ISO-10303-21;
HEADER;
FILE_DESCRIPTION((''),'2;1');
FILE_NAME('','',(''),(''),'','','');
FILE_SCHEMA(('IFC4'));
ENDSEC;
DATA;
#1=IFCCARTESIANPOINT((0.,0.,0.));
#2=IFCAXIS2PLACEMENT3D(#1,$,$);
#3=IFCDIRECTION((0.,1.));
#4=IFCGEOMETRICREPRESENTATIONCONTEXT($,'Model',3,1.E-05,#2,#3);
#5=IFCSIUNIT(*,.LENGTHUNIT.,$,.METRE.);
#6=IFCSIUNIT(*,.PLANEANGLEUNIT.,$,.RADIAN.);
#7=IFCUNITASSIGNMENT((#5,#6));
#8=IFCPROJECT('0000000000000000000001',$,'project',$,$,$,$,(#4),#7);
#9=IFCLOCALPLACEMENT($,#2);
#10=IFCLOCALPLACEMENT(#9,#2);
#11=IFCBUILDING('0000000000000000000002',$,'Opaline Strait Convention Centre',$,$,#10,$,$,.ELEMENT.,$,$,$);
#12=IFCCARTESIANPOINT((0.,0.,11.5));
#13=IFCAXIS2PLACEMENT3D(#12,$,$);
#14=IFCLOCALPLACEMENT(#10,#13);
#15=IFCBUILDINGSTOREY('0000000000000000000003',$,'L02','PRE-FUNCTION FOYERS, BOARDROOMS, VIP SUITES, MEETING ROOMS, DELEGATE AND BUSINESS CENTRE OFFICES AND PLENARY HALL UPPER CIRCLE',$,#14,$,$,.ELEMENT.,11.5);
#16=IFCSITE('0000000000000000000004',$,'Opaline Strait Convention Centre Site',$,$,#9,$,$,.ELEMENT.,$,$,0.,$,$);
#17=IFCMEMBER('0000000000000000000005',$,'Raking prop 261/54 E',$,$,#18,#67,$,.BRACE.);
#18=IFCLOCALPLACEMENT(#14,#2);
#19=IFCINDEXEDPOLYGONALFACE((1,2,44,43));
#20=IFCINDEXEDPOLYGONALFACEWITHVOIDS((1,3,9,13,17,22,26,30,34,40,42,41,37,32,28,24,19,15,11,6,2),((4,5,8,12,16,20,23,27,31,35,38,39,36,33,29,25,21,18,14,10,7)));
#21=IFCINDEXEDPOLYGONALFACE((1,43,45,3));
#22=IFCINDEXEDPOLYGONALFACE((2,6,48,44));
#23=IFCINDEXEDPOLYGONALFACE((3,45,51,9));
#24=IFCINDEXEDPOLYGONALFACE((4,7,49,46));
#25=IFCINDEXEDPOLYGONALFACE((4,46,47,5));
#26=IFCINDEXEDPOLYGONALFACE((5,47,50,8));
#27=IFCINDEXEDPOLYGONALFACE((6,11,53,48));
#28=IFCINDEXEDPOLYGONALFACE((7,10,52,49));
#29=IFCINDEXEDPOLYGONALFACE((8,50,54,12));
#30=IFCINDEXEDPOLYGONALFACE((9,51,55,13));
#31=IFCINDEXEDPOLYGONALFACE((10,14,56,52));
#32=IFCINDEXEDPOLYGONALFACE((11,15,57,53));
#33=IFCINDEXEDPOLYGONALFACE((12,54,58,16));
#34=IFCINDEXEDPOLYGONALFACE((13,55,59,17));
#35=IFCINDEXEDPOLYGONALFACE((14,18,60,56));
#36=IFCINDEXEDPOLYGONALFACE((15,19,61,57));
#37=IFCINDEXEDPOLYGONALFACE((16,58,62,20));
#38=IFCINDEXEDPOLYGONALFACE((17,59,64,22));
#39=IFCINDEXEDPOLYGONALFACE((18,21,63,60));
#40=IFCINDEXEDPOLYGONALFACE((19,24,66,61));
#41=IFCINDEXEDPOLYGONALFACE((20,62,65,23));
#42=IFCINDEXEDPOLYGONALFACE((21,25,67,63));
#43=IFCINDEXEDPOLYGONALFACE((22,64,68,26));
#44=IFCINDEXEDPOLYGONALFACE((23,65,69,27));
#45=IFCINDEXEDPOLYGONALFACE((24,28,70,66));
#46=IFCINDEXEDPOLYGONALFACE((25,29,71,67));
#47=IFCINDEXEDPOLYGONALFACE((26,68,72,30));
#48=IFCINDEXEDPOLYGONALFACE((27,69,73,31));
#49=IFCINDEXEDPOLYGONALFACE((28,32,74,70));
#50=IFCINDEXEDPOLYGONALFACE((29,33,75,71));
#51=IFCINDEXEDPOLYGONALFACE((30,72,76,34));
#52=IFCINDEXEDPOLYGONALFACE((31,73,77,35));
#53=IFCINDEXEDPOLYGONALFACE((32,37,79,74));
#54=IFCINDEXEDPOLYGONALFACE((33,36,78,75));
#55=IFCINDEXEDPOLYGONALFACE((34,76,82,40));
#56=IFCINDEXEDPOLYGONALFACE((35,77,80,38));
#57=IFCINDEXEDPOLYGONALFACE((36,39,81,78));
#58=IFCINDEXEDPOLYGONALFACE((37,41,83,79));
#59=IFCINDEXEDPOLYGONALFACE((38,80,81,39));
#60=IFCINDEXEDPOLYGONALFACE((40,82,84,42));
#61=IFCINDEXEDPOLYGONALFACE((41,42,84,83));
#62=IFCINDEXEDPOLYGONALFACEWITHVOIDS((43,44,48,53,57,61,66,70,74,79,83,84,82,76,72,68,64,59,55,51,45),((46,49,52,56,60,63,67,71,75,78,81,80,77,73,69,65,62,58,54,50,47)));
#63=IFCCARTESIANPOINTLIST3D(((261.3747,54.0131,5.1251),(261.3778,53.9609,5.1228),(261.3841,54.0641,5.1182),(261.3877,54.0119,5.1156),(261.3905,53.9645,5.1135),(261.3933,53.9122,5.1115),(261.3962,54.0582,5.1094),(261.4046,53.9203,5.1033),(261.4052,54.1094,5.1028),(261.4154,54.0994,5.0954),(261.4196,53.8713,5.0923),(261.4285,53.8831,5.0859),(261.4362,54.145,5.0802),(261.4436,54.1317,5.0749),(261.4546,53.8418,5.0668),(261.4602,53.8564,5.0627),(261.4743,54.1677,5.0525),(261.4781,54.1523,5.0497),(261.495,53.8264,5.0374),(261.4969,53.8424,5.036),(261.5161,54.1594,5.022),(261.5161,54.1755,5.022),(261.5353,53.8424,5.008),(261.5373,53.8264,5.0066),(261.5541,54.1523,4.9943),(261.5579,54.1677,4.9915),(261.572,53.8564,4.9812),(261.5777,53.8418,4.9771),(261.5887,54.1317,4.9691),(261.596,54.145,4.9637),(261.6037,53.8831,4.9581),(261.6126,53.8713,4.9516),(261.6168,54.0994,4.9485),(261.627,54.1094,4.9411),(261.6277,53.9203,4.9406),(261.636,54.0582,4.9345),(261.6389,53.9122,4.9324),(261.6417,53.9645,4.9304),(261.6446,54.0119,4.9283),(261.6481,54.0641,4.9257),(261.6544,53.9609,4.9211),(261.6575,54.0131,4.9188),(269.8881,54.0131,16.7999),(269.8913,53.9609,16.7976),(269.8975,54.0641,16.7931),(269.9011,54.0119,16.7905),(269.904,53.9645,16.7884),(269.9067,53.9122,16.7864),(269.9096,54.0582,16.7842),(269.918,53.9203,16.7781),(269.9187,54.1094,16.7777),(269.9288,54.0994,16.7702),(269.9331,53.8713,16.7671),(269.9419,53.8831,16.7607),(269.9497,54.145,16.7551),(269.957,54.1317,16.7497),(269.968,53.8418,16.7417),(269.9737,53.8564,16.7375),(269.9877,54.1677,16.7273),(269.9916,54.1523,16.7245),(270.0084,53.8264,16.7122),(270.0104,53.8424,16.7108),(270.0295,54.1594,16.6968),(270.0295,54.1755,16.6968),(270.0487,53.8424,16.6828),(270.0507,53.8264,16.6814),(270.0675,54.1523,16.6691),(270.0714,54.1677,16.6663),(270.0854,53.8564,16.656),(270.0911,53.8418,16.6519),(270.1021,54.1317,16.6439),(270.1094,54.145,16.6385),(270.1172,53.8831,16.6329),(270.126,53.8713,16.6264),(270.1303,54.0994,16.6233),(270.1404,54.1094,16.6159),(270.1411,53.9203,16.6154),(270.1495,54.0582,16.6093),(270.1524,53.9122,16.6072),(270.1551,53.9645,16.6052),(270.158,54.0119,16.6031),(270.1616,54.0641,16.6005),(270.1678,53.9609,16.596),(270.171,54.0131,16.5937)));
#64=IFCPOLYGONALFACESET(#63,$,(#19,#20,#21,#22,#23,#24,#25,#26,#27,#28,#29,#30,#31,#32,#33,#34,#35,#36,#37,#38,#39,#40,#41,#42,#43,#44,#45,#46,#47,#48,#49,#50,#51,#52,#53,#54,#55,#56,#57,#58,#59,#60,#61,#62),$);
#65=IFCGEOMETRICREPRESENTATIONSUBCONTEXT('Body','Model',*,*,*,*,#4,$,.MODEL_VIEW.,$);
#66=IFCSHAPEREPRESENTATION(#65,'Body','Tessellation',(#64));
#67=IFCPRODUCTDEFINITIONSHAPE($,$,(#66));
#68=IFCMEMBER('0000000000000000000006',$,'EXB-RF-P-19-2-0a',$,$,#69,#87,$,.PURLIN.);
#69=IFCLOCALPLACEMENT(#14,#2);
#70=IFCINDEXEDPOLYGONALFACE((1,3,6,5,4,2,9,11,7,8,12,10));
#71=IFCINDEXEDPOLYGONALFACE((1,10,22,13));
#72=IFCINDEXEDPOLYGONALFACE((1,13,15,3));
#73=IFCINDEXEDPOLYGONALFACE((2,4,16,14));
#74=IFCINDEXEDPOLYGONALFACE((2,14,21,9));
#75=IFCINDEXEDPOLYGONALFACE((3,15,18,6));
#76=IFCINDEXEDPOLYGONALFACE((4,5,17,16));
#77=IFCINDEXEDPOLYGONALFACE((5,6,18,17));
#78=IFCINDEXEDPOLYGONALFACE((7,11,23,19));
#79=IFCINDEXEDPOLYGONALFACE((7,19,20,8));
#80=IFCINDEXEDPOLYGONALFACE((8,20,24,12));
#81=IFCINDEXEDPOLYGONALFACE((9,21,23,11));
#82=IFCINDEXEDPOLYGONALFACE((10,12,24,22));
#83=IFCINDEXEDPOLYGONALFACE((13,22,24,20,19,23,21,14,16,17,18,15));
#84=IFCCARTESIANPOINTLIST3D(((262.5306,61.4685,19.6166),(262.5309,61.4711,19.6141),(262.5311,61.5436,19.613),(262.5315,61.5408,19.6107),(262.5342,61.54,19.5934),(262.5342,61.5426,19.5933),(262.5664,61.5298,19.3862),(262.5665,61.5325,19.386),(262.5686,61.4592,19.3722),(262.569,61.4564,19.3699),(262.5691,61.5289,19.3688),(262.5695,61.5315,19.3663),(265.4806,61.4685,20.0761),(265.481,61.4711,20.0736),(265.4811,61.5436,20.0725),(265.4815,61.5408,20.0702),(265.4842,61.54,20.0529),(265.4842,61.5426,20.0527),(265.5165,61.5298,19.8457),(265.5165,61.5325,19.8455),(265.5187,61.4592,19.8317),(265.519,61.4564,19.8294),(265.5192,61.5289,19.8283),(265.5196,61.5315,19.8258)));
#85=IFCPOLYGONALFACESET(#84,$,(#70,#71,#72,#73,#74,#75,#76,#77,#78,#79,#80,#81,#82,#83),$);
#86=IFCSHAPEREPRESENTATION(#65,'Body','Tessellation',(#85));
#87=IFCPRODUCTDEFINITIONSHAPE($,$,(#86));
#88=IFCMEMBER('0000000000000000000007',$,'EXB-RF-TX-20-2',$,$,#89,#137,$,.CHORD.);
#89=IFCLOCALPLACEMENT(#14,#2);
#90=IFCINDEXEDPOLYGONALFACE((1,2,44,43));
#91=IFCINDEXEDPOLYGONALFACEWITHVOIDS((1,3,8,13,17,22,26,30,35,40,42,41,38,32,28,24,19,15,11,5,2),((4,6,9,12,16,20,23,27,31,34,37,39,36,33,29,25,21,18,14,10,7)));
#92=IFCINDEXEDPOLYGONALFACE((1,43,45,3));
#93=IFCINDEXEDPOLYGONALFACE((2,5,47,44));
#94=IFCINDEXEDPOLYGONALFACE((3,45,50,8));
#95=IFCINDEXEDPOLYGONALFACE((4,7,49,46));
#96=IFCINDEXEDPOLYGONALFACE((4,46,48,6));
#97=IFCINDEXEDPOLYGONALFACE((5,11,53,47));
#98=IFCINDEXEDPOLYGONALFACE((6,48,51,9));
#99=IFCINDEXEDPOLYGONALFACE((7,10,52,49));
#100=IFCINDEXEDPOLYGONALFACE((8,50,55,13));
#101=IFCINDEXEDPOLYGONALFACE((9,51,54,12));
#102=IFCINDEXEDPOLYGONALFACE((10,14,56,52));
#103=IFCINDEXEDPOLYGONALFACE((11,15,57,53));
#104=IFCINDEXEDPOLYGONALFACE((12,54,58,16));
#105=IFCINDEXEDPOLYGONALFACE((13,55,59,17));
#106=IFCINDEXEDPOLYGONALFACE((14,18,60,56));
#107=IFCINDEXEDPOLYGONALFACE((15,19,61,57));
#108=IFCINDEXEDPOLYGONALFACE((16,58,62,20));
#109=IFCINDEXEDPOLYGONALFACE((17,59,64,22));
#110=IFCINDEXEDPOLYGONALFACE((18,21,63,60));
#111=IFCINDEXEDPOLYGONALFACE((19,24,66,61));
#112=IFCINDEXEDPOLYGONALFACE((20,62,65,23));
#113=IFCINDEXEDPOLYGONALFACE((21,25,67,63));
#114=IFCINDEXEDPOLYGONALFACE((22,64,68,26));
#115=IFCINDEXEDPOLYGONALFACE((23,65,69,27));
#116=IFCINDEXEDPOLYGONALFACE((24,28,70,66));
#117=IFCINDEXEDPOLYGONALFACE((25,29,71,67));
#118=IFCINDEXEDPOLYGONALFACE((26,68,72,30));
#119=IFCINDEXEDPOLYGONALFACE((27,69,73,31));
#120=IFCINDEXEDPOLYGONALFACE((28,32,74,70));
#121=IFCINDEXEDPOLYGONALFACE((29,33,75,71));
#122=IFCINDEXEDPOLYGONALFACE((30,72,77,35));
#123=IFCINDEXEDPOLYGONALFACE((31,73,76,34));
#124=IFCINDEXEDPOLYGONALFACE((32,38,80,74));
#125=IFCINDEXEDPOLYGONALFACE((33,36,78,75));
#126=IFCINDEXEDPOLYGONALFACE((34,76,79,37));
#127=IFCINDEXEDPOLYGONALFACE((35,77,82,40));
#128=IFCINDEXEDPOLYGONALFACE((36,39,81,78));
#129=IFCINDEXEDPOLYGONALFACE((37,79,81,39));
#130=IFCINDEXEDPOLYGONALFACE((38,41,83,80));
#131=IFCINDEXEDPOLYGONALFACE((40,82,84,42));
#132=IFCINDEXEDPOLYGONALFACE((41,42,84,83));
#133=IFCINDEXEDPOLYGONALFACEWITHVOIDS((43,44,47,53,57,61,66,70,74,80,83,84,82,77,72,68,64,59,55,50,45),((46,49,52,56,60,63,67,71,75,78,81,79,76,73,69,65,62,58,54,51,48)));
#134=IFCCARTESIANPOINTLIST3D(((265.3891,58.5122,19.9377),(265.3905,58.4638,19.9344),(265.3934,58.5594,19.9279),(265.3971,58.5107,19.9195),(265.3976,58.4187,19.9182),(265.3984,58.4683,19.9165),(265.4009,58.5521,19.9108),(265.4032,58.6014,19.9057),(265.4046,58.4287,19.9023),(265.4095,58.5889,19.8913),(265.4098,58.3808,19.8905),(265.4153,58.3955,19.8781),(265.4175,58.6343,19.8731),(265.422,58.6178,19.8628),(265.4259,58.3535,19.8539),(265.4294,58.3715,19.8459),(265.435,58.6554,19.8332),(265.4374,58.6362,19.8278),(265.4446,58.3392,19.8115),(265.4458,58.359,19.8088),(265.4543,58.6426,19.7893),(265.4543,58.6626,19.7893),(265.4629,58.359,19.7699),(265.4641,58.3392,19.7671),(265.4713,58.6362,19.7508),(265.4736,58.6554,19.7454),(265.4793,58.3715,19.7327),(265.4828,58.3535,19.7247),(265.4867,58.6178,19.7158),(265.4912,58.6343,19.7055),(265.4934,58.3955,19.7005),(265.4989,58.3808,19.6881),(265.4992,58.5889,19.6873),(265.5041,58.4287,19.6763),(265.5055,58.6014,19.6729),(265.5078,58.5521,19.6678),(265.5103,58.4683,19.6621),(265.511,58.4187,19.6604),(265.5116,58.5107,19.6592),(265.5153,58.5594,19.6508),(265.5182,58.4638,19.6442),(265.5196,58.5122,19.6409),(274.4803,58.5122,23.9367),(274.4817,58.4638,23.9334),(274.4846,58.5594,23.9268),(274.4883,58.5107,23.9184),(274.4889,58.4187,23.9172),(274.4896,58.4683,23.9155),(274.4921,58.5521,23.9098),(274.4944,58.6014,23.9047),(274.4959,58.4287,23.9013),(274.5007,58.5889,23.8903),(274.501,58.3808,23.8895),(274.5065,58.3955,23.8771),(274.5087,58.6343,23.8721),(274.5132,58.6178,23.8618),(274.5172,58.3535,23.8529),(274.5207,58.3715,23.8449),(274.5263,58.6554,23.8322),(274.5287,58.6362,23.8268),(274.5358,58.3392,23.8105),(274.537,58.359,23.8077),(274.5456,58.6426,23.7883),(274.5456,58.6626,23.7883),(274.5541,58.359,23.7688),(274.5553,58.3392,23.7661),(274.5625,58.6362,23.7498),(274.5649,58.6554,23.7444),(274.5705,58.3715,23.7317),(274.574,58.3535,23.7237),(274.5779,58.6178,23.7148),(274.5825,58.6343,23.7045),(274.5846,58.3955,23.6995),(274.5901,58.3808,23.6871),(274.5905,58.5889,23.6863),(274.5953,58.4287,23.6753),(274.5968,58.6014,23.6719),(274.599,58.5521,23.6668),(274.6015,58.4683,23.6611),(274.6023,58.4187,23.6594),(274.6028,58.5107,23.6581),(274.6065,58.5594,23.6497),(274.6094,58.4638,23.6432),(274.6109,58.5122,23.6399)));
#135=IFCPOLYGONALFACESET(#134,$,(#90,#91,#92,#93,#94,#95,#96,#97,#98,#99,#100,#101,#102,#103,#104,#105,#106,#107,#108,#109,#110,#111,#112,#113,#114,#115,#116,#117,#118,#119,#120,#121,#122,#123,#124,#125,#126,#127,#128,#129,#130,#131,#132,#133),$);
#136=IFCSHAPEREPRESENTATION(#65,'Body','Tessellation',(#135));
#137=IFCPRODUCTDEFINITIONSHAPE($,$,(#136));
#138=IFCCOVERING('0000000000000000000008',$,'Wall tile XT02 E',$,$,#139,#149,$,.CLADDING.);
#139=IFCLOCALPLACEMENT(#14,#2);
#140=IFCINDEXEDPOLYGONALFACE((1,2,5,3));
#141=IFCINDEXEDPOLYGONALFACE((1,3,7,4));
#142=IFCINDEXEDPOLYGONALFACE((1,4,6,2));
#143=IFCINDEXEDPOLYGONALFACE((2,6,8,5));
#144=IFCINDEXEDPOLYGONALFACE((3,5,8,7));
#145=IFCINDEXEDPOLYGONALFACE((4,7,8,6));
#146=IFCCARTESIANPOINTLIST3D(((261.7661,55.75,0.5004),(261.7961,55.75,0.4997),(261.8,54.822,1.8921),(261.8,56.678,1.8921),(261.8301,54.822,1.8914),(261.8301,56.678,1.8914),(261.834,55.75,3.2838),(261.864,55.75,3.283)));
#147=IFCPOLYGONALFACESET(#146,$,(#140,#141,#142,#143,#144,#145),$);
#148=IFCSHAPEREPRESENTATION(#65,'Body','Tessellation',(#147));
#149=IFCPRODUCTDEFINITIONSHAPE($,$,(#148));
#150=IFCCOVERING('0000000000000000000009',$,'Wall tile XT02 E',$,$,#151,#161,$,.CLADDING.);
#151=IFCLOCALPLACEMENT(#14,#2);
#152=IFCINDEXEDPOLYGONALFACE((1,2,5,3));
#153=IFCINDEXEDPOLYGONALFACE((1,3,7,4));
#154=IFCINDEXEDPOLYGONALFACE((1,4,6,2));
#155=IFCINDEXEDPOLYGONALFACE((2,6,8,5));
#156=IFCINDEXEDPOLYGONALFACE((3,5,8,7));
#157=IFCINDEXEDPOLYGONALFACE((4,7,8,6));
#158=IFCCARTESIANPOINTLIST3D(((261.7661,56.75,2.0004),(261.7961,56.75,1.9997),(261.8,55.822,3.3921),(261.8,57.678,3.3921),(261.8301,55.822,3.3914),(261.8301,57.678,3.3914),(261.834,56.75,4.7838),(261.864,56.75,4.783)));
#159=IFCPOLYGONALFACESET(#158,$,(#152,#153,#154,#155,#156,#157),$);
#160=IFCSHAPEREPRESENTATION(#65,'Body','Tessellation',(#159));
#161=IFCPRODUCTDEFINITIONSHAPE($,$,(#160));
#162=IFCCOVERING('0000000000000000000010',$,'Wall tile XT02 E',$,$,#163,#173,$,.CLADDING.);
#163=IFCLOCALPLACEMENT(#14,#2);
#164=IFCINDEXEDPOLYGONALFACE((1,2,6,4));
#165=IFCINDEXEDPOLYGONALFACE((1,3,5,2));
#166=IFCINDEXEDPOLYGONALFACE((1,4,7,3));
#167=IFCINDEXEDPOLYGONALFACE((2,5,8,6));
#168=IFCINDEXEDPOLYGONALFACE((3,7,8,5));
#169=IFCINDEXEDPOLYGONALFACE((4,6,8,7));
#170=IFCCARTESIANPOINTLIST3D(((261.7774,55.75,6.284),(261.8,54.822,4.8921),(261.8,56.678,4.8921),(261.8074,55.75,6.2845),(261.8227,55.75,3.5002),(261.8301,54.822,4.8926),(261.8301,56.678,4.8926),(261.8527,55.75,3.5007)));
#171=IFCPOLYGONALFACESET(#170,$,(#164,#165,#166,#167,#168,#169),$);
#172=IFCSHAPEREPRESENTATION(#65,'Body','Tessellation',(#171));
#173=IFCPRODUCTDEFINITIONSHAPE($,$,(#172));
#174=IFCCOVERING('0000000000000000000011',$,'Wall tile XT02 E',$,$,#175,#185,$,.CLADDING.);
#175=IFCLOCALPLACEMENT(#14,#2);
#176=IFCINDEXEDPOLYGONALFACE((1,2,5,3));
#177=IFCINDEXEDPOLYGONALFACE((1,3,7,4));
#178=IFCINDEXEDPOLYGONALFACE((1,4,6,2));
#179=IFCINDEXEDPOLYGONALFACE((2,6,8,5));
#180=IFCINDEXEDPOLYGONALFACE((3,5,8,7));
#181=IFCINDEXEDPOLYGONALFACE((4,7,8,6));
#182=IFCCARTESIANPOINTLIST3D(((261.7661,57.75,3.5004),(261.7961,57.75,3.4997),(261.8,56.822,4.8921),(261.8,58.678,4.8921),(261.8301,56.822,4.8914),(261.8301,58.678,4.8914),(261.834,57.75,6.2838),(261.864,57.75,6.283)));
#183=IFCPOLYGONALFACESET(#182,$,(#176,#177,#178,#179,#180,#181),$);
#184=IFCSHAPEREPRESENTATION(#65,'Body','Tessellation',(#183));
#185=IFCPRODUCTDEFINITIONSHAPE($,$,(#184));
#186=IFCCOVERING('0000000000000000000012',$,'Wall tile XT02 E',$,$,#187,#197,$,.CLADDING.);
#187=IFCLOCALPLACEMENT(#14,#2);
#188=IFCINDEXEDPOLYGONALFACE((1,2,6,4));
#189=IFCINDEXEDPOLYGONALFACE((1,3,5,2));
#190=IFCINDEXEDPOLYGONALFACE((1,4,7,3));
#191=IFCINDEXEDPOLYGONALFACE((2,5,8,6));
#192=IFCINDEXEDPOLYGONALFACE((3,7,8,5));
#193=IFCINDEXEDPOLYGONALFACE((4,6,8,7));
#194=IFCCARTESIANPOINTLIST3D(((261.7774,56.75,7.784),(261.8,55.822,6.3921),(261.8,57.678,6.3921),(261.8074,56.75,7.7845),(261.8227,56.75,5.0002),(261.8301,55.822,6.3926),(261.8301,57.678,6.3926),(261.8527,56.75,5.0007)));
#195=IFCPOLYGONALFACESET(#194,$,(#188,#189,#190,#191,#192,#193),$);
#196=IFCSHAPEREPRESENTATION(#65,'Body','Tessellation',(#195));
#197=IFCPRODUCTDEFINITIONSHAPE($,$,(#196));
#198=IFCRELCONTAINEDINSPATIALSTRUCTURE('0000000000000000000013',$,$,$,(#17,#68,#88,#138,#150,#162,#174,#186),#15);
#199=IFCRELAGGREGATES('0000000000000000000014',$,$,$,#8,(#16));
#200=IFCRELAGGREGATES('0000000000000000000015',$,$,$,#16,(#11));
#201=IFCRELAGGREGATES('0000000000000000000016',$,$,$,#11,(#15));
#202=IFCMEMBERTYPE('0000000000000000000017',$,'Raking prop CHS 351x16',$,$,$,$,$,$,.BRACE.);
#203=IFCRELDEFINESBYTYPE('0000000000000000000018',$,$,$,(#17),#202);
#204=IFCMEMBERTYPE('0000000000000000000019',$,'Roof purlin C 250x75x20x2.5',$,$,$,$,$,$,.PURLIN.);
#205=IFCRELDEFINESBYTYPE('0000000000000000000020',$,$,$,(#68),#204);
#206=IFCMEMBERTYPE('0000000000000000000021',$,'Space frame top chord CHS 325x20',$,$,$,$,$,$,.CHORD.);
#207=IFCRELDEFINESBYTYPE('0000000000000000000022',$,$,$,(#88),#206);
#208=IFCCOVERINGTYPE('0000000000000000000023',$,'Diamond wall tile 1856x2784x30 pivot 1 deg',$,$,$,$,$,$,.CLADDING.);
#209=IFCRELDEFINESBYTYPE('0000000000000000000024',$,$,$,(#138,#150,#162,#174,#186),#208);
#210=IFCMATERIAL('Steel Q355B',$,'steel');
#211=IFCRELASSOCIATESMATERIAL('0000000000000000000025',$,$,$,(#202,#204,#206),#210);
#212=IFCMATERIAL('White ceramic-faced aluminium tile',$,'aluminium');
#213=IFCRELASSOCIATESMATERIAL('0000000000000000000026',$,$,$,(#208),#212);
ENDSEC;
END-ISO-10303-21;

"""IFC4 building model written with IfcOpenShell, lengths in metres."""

from ifc_helpers import new_model, si_unit, direction, frame, origin, origin_2d, place, context, subcontext, project, spatial, polyline, hollow_circle, outline, extrude, material, material_profile, profile_set, type_object, element, save


model = new_model("IFC4")

# Units and contexts
model_context = context("Model", 3, precision=1e-05, world=origin(), true_north=direction((0.0, 1.0)))
body_context = subcontext(model_context, "Body", "Model", "MODEL_VIEW")
ifc_project = project(units=[si_unit("LENGTHUNIT", "METRE"), si_unit("PLANEANGLEUNIT", "RADIAN")], contexts=[model_context])

# Site, building, storey
site_placement = place(None, origin())
site = spatial("IfcSite", under=ifc_project, at=site_placement, Name="Opaline Strait Convention Centre Site", CompositionType="ELEMENT", RefElevation=0.0)
building_placement = place(site_placement, origin())
building = spatial("IfcBuilding", under=site, at=building_placement, Name="Opaline Strait Convention Centre", CompositionType="ELEMENT")
storey_placement = place(building_placement, frame((0.0, 0.0, 11.5)))
storey = spatial("IfcBuildingStorey", under=building, at=storey_placement, Name="L02", Description="PRE-FUNCTION FOYERS, BOARDROOMS, VIP SUITES, MEETING ROOMS, DELEGATE AND BUSINESS CENTRE OFFICES AND PLENARY HALL UPPER CIRCLE", CompositionType="ELEMENT", Elevation=11.5)

# Members
ifc_material_1 = material(Name="Steel Q355B", Category="steel")
ifc_material_profile_1 = material_profile(ifc_material_1, hollow_circle(Radius=0.1755, WallThickness=0.0161, at=origin_2d()), Name="CHS 351x16")
ifc_profile_set_1 = profile_set([ifc_material_profile_1], Name="Steel Q355B")
member_type_1 = type_object("IfcMemberType", Name="Raking prop CHS 351x16", PredefinedType="BRACE", material=ifc_profile_set_1)
member_1_placement = place(storey_placement, frame((261.5161, 54.0, 5.022), z_axis=(0.589197, 0.0, 0.807989), x_axis=(0.0, 1.0, 0.0)))
element("IfcMember", 1, at=member_1_placement, inside=storey, type_object=member_type_1, Name="Raking prop 261/54 E", PredefinedType="BRACE", context=body_context, shape_type="SweptSolid", body=[
    extrude(hollow_circle(Radius=0.1755, WallThickness=0.0161, at=origin_2d()), origin(), (0.0, 0.0, 1.0), 14.4492),
])
ifc_material_profile_2 = material_profile(ifc_material_1, outline(polyline([(-0.0376, -0.125), (0.0376, -0.125), (0.0376, -0.105), (0.0349, -0.105), (0.0349, -0.1226), (-0.0349, -0.1226), (-0.0349, 0.1226), (0.0349, 0.1226), (0.0349, 0.105), (0.0376, 0.105), (0.0376, 0.125), (-0.0376, 0.125), (-0.0376, -0.125)])), Name="C 250x75x20x2.5")
ifc_profile_set_2 = profile_set([ifc_material_profile_2], Name="Steel Q355B")
member_type_2 = type_object("IfcMemberType", Name="Roof purlin C 250x75x20x2.5", PredefinedType="PURLIN", material=ifc_profile_set_2)
member_2_placement = place(storey_placement, frame((262.55, 61.5, 19.4915), z_axis=(0.988086, 0.0, 0.1539), x_axis=(0.007454, 0.998826, -0.047856)))
element("IfcMember", 2, at=member_2_placement, inside=storey, type_object=member_type_2, Name="EXB-RF-P-19-2-0a", PredefinedType="PURLIN", context=body_context, shape_type="SweptSolid", body=[
    extrude(outline(polyline([(-0.0376, -0.125), (0.0376, -0.125), (0.0376, -0.105), (0.0349, -0.105), (0.0349, -0.1226), (-0.0349, -0.1226), (-0.0349, 0.1226), (0.0349, 0.1226), (0.0349, 0.105), (0.0376, 0.105), (0.0376, 0.125), (-0.0376, 0.125), (-0.0376, -0.125)])), origin(), (0.0, 0.0, 1.0), 2.9856),
])
ifc_material_profile_3 = material_profile(ifc_material_1, hollow_circle(Radius=0.1626, WallThickness=0.02, at=origin_2d()), Name="CHS 325x20")
ifc_profile_set_3 = profile_set([ifc_material_profile_3], Name="Steel Q355B")
member_type_3 = type_object("IfcMemberType", Name="Space frame top chord CHS 325x20", PredefinedType="CHORD", material=ifc_profile_set_3)
member_3_placement = place(storey_placement, frame((265.4543, 58.5, 19.7893), z_axis=(0.915358, 0.0, 0.402641), x_axis=(0.0, 1.0, 0.0)))
element("IfcMember", 3, at=member_3_placement, inside=storey, type_object=member_type_3, Name="EXB-RF-TX-20-2", PredefinedType="CHORD", context=body_context, shape_type="SweptSolid", body=[
    extrude(hollow_circle(Radius=0.1626, WallThickness=0.02, at=origin_2d()), origin(), (0.0, 0.0, 1.0), 9.9319),
])

# Coverings
ifc_material_2 = material(Name="White ceramic-faced aluminium tile", Category="aluminium")
ifc_material_profile_4 = material_profile(ifc_material_2, outline(polyline([(0.928, 0.0), (0.0, 1.3921), (-0.928, 0.0), (0.0, -1.3921), (0.928, 0.0)])), Name="Diamond tile 1856x2784")
ifc_profile_set_4 = profile_set([ifc_material_profile_4], Name="White ceramic-faced aluminium tile")
covering_type_1 = type_object("IfcCoveringType", Name="Diamond wall tile 1856x2784x30 pivot 1 deg", PredefinedType="CLADDING", material=ifc_profile_set_4)
for number, where, z_axis, x_axis, name in (
    (4, (261.8, 55.75, 1.8921), (0.999703, 0.0, -0.024383), (0.0, 1.0, 0.0), "Wall tile XT02 E"),
    (5, (261.8, 56.75, 3.3921), (0.999703, 0.0, -0.024383), (0.0, 1.0, 0.0), "Wall tile XT02 E"),
    (6, (261.8, 55.75, 4.8921), (0.999868, 0.0, 0.016258), (0.0, 1.0, 0.0), "Wall tile XT02 E"),
    (7, (261.8, 57.75, 4.8921), (0.999703, 0.0, -0.024383), (0.0, 1.0, 0.0), "Wall tile XT02 E"),
    (8, (261.8, 56.75, 6.3921), (0.999868, 0.0, 0.016258), (0.0, 1.0, 0.0), "Wall tile XT02 E"),
):
    element("IfcCovering", number, at=place(storey_placement, frame(where, z_axis=z_axis, x_axis=x_axis)), inside=storey, type_object=covering_type_1, Name=name, PredefinedType="CLADDING", context=body_context, shape_type="SweptSolid", body=[
        extrude(outline(polyline([(0.928, 0.0), (0.0, 1.3921), (-0.928, 0.0), (0.0, -1.3921), (0.928, 0.0)])), origin(), (0.0, 0.0, 1.0), 0.03),
    ])

save(model, "model.ifc")
